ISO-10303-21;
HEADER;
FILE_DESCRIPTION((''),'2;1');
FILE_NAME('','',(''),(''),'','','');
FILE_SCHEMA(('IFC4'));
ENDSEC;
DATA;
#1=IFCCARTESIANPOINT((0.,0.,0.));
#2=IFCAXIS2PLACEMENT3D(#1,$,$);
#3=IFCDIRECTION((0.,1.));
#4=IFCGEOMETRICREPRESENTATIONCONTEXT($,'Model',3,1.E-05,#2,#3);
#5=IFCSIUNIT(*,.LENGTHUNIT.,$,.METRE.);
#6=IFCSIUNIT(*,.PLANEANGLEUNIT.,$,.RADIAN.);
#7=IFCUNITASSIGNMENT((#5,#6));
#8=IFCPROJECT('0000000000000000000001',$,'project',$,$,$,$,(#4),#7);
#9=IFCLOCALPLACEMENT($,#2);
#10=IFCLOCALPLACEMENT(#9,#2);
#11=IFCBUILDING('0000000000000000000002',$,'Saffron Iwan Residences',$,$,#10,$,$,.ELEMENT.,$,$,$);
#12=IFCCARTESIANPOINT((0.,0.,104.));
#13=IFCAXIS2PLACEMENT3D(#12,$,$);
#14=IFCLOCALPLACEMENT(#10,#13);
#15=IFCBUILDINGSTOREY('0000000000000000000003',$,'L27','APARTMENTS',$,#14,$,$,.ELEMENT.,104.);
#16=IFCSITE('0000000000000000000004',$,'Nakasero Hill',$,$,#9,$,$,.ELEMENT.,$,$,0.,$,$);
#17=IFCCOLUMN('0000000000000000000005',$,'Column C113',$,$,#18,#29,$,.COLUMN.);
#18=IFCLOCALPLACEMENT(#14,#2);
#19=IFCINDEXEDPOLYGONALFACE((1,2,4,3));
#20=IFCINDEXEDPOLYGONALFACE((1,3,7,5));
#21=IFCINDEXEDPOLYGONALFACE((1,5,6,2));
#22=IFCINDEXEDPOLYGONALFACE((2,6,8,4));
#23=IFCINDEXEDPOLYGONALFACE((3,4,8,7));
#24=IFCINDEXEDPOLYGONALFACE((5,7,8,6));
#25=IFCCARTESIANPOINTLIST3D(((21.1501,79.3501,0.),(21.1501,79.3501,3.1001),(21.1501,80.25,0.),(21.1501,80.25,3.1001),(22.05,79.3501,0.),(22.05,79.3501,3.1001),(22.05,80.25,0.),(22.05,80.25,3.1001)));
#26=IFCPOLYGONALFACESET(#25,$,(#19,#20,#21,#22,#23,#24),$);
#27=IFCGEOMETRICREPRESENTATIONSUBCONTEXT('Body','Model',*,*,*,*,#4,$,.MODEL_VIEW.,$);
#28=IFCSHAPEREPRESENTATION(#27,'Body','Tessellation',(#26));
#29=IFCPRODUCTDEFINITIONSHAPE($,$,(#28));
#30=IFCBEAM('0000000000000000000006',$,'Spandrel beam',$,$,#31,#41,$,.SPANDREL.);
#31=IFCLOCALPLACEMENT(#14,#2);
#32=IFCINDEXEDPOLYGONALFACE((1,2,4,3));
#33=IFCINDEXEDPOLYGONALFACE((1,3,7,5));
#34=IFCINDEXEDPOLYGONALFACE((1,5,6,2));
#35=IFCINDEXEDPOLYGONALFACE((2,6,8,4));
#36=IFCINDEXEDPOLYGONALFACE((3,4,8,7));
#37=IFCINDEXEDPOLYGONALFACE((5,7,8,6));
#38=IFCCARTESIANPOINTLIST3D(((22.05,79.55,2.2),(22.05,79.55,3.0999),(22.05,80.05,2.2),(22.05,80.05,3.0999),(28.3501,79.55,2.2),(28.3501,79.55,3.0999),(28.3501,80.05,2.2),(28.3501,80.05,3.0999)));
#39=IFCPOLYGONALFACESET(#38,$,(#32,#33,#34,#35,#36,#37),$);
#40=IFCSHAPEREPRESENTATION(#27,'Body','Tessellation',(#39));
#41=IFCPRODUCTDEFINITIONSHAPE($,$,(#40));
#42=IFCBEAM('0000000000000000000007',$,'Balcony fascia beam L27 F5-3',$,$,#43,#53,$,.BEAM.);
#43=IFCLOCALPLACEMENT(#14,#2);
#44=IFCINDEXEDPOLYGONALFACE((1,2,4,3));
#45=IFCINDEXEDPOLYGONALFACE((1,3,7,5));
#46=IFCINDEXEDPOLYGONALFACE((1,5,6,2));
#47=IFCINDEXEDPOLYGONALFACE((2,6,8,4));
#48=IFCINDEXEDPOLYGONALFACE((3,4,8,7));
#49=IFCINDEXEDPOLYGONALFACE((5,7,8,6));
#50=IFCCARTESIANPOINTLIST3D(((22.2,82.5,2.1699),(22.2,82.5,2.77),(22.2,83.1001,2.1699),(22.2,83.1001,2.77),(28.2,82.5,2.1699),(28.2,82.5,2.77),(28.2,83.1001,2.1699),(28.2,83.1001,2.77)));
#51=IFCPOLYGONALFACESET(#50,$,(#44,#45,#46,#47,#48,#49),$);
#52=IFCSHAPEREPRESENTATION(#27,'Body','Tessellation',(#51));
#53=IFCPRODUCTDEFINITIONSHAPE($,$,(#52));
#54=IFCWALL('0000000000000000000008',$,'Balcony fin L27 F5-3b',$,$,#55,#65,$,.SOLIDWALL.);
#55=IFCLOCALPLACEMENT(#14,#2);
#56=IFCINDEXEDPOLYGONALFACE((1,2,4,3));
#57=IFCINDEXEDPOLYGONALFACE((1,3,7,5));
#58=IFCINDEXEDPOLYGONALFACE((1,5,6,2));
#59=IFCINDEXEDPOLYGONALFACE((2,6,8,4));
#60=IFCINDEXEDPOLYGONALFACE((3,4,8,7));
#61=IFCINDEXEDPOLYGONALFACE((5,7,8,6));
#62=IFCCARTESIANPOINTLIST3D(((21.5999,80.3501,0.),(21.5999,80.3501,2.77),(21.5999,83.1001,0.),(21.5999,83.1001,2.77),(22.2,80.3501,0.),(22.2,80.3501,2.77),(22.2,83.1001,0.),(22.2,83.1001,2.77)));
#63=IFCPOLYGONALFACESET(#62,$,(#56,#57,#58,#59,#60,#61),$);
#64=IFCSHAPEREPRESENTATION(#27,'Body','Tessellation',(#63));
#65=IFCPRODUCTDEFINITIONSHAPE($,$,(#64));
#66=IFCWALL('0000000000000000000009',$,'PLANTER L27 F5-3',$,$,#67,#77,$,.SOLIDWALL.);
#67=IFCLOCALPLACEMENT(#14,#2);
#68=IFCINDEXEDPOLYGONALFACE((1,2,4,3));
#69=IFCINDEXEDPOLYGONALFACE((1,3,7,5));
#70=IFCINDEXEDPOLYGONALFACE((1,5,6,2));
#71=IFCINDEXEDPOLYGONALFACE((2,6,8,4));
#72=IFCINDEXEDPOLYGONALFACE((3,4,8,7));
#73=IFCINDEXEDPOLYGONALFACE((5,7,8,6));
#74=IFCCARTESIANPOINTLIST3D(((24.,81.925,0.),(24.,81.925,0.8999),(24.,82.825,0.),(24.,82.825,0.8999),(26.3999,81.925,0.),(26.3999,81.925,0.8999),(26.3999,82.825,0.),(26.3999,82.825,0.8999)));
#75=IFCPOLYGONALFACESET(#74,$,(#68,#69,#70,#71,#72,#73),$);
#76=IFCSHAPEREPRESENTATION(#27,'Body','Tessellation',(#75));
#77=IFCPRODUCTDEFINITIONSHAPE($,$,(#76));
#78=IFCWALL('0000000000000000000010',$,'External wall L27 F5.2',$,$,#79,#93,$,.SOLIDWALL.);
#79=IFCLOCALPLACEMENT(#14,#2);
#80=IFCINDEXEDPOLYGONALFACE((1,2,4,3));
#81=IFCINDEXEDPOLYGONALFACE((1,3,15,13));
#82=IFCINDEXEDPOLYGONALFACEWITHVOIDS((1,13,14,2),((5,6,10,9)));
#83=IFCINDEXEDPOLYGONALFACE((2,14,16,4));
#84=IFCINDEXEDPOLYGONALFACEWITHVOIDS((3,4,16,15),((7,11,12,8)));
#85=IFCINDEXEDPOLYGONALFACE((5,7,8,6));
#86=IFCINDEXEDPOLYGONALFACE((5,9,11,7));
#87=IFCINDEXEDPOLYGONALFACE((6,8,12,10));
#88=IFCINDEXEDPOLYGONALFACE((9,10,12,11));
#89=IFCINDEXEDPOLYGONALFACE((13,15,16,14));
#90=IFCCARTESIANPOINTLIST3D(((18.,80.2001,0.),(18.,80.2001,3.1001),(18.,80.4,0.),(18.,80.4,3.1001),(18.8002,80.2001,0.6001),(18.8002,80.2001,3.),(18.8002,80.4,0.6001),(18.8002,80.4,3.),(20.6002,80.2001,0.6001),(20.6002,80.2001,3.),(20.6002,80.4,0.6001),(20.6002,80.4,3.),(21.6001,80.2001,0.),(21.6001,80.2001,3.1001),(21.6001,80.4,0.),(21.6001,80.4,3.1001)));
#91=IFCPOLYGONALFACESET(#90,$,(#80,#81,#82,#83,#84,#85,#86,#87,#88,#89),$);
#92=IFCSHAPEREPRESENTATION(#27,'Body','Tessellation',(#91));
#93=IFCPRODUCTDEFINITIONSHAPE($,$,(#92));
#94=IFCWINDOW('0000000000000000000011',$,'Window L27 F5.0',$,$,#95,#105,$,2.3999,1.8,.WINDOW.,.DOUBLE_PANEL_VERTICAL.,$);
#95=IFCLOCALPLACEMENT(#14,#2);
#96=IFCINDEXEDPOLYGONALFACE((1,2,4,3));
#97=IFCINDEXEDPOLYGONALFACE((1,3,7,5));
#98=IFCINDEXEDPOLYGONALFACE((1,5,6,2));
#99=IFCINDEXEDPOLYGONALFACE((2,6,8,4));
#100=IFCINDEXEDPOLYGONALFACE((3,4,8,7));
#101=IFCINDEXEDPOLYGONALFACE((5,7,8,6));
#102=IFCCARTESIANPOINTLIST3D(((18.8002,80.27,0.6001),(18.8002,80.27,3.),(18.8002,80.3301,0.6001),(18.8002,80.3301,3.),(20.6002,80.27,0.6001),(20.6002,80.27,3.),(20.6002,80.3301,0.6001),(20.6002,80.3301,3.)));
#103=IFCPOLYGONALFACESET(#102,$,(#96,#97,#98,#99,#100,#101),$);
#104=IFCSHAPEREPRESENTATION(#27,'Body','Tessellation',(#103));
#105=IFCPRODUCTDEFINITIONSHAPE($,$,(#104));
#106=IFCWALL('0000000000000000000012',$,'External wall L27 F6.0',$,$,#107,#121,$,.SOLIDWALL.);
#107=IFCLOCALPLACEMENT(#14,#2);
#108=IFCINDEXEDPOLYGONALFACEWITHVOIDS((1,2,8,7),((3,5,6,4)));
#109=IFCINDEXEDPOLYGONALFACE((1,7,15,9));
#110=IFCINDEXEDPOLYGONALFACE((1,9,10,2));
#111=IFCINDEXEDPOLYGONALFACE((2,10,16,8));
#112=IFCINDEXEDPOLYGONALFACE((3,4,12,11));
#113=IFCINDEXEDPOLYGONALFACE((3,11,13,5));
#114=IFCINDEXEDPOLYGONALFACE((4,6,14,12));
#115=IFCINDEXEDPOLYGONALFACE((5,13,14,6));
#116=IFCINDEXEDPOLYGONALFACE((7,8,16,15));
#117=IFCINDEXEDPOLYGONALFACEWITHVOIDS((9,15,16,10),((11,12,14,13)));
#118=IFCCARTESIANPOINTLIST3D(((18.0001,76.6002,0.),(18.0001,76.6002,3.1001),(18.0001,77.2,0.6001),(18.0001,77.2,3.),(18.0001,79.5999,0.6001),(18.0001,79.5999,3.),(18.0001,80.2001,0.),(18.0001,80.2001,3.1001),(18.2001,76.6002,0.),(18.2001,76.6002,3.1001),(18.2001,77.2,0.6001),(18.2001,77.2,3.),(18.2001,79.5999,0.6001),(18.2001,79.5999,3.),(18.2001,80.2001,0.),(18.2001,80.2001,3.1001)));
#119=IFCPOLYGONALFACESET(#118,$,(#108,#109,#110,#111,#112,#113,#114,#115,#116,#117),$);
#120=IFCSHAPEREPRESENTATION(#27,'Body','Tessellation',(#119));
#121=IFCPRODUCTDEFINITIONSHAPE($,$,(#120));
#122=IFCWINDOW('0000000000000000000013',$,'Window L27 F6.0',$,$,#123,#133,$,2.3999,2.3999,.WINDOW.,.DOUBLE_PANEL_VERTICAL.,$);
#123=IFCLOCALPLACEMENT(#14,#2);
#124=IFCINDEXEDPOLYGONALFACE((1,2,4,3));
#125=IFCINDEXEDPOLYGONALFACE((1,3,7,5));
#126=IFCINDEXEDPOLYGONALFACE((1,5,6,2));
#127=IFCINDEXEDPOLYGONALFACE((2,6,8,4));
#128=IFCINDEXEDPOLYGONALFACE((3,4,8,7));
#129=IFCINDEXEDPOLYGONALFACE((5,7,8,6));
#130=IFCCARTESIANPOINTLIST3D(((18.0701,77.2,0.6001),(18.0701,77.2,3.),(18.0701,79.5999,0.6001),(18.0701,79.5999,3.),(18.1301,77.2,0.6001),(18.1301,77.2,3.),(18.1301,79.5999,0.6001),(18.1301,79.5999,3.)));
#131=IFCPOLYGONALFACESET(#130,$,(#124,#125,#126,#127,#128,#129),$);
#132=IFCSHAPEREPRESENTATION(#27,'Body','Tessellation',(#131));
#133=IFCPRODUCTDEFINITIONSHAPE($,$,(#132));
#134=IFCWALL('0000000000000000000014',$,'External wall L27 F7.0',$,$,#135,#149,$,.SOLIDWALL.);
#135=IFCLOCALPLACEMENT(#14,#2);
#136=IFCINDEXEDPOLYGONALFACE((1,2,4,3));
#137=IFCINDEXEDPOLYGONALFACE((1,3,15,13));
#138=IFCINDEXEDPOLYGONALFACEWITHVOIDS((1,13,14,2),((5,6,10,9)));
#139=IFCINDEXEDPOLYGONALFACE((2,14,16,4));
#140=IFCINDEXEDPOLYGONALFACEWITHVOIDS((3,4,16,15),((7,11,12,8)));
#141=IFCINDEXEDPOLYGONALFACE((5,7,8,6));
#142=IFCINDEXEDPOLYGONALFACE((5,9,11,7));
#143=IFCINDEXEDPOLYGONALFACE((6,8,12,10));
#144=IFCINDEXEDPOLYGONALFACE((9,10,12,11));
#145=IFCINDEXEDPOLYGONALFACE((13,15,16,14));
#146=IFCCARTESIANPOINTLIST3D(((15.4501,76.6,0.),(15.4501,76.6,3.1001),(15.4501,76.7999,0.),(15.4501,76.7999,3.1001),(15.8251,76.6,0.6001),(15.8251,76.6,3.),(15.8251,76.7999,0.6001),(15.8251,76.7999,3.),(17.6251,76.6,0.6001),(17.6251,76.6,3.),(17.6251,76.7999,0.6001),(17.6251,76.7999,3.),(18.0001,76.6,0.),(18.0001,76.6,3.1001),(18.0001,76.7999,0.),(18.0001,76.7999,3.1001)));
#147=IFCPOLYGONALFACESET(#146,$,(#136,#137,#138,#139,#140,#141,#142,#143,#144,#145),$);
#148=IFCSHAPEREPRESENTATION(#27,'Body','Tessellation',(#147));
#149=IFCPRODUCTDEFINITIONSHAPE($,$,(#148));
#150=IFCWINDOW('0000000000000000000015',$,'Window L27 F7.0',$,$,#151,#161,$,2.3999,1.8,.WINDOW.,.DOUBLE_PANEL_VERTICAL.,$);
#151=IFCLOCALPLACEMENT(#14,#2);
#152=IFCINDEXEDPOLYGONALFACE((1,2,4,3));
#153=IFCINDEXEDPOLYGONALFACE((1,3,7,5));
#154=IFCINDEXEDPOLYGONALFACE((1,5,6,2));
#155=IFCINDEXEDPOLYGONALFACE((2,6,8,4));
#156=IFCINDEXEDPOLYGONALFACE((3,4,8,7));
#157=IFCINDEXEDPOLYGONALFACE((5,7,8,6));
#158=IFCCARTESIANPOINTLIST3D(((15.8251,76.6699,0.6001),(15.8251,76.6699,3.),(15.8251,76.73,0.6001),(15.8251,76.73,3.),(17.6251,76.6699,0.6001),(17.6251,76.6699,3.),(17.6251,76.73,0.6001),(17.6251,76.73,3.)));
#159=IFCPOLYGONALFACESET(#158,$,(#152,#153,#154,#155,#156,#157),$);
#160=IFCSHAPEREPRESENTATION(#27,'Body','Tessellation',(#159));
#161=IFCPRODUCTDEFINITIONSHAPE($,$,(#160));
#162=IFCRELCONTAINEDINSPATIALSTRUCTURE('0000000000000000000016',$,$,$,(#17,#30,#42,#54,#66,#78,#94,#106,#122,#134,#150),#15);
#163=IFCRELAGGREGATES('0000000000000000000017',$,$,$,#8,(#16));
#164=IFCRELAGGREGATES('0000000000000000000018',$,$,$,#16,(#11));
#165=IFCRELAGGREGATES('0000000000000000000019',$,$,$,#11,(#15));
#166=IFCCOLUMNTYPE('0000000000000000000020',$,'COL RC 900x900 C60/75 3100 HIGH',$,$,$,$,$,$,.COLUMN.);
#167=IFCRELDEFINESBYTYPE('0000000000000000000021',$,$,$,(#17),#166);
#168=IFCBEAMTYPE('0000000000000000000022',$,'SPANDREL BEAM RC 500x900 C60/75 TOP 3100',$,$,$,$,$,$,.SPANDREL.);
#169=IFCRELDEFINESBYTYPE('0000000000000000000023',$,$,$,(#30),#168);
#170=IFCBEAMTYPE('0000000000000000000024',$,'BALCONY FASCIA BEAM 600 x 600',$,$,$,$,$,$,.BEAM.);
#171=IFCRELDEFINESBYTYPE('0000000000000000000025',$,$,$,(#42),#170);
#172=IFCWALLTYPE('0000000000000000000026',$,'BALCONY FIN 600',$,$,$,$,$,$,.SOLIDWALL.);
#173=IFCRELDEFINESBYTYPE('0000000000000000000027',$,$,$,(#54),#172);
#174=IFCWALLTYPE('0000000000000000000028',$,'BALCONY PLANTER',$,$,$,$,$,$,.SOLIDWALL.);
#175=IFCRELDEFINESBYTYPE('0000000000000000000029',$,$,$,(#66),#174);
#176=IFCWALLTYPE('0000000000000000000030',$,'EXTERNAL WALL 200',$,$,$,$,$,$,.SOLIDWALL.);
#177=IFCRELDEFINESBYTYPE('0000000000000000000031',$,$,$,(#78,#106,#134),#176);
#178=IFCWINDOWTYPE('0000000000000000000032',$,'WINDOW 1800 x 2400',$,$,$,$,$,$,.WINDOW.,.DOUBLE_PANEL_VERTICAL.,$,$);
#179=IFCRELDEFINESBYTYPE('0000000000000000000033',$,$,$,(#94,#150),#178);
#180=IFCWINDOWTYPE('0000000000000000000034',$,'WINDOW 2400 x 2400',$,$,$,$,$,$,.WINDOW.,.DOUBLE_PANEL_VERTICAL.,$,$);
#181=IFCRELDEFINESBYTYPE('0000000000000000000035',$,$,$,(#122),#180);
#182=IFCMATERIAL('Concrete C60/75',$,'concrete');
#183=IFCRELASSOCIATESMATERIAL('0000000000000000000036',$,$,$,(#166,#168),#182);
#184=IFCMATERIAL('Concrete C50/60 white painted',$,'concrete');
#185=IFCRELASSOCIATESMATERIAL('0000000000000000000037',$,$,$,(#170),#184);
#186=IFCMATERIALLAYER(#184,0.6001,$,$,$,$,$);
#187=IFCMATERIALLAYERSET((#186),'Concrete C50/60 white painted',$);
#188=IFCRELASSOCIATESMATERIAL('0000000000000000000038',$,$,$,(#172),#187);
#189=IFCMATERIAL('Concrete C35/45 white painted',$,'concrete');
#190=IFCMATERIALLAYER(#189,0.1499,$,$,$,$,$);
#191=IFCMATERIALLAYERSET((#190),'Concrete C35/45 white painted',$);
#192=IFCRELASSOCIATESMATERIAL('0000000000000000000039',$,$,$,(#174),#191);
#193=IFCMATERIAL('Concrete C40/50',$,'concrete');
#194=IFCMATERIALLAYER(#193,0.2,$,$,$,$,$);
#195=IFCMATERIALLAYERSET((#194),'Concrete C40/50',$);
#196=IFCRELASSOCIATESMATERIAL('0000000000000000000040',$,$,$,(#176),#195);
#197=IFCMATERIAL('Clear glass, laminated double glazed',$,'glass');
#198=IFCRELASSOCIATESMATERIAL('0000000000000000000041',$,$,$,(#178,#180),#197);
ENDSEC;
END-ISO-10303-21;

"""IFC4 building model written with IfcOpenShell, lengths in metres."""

from ifc_helpers import new_model, si_unit, direction, frame, frame_2d, origin, origin_2d, place, context, subcontext, project, spatial, rectangle, extrude, source, transform, mapped, material, layer, layer_set, material_profile, profile_set, type_object, element, fill, save


model = new_model("IFC4")

# Units and contexts
model_context = context("Model", 3, precision=1e-05, world=origin(), true_north=direction((0.0, 1.0)))
body_context = subcontext(model_context, "Body", "Model", "MODEL_VIEW")
ifc_project = project(units=[si_unit("LENGTHUNIT", "METRE"), si_unit("PLANEANGLEUNIT", "RADIAN")], contexts=[model_context])

# Site, building, storey
site_placement = place(None, origin())
site = spatial("IfcSite", under=ifc_project, at=site_placement, Name="Nakasero Hill", CompositionType="ELEMENT", RefElevation=0.0)
building_placement = place(site_placement, origin())
building = spatial("IfcBuilding", under=site, at=building_placement, Name="Saffron Iwan Residences", CompositionType="ELEMENT")
storey_placement = place(building_placement, frame((0.0, 0.0, 104.0)))
storey = spatial("IfcBuildingStorey", under=building, at=storey_placement, Name="L27", Description="APARTMENTS", CompositionType="ELEMENT", Elevation=104.0)

# Column
ifc_material_1 = material(Name="Concrete C60/75", Category="concrete")
ifc_material_profile_1 = material_profile(ifc_material_1, rectangle(XDim=0.8999, YDim=0.8999, at=origin_2d()), Name="RC 900x900")
ifc_profile_set_1 = profile_set([ifc_material_profile_1], Name="Concrete C60/75")
column_type = type_object("IfcColumnType", Name="COL RC 900x900 C60/75 3100 HIGH", PredefinedType="COLUMN", material=ifc_profile_set_1)
shared_shape_1 = source(origin(), body_context, "Body", "SweptSolid", [
    extrude(rectangle(XDim=0.8999, YDim=0.8999, at=origin_2d()), origin(), (0.0, 0.0, 1.0), 3.1001),
])
column_placement = place(storey_placement, frame((21.6001, 79.8, 0.0), z_axis=(0.0, 0.0, 1.0), x_axis=(1.0, 0.0, 0.0)))
element("IfcColumn", 1, at=column_placement, inside=storey, type_object=column_type, Name="Column C113", PredefinedType="COLUMN", context=body_context, shape_type="MappedRepresentation", body=[
    mapped(shared_shape_1, transform((0.0, 0.0, 0.0))),
])

# Beams
ifc_material_profile_2 = material_profile(ifc_material_1, rectangle(XDim=0.5, YDim=0.8999, at=origin_2d()), Name="RC 500x900")
ifc_profile_set_2 = profile_set([ifc_material_profile_2], Name="Concrete C60/75")
beam_type_1 = type_object("IfcBeamType", Name="SPANDREL BEAM RC 500x900 C60/75 TOP 3100", PredefinedType="SPANDREL", material=ifc_profile_set_2)
shared_shape_2 = source(origin(), body_context, "Body", "SweptSolid", [
    extrude(rectangle(XDim=0.5, YDim=0.8999, at=origin_2d()), origin(), (0.0, 0.0, 1.0), 6.3),
])
beam_1_placement = place(storey_placement, frame((22.05, 79.8, 2.6499), z_axis=(1.0, 0.0, 0.0), x_axis=(0.0, 1.0, 0.0)))
element("IfcBeam", 2, at=beam_1_placement, inside=storey, type_object=beam_type_1, Name="Spandrel beam", PredefinedType="SPANDREL", context=body_context, shape_type="MappedRepresentation", body=[
    mapped(shared_shape_2, transform((0.0, 0.0, 0.0))),
])
ifc_material_2 = material(Name="Concrete C50/60 white painted", Category="concrete")
ifc_material_profile_3 = material_profile(ifc_material_2, rectangle(XDim=0.6001, YDim=0.6001, at=origin_2d()), Name="BALCONY FASCIA BEAM 600 x 600")
ifc_profile_set_3 = profile_set([ifc_material_profile_3], Name="Concrete C50/60 white painted")
beam_type_2 = type_object("IfcBeamType", Name="BALCONY FASCIA BEAM 600 x 600", PredefinedType="BEAM", material=ifc_profile_set_3)
shared_shape_3 = source(origin(), body_context, "Body", "SweptSolid", [
    extrude(rectangle(XDim=0.6001, YDim=0.6001, at=origin_2d()), origin(), (0.0, 0.0, 1.0), 6.0),
])
beam_2_placement = place(storey_placement, frame((28.2, 82.8, 2.47), z_axis=(-1.0, 0.0, 0.0), x_axis=(0.0, -1.0, 0.0)))
element("IfcBeam", 3, at=beam_2_placement, inside=storey, type_object=beam_type_2, Name="Balcony fascia beam L27 F5-3", PredefinedType="BEAM", context=body_context, shape_type="MappedRepresentation", body=[
    mapped(shared_shape_3, transform((0.0, 0.0, 0.0))),
])

# Walls
ifc_layer_1 = layer(ifc_material_2, 0.6001)
ifc_layer_set_1 = layer_set([ifc_layer_1], Name="Concrete C50/60 white painted")
wall_type_1 = type_object("IfcWallType", Name="BALCONY FIN 600", PredefinedType="SOLIDWALL", material=ifc_layer_set_1)
wall_1_placement = place(storey_placement, frame((21.8999, 80.3501, 0.0), z_axis=(0.0, 0.0, 1.0), x_axis=(0.0, 1.0, 0.0)))
element("IfcWall", 4, at=wall_1_placement, inside=storey, type_object=wall_type_1, Name="Balcony fin L27 F5-3b", PredefinedType="SOLIDWALL", context=body_context, shape_type="SweptSolid", body=[
    extrude(rectangle(XDim=2.75, YDim=0.6001, at=frame_2d((1.375, 0.0))), origin(), (0.0, 0.0, 1.0), 2.77),
])
ifc_material_3 = material(Name="Concrete C35/45 white painted", Category="concrete")
ifc_layer_2 = layer(ifc_material_3, 0.1499)
ifc_layer_set_2 = layer_set([ifc_layer_2], Name="Concrete C35/45 white painted")
wall_type_2 = type_object("IfcWallType", Name="BALCONY PLANTER", PredefinedType="SOLIDWALL", material=ifc_layer_set_2)
wall_2_placement = place(storey_placement, frame((26.3999, 82.375, 0.0), z_axis=(0.0, 0.0, 1.0), x_axis=(-1.0, 0.0, 0.0)))
element("IfcWall", 5, at=wall_2_placement, inside=storey, type_object=wall_type_2, Name="PLANTER L27 F5-3", PredefinedType="SOLIDWALL", context=body_context, shape_type="SweptSolid", body=[
    extrude(rectangle(XDim=2.3999, YDim=0.8999, at=frame_2d((1.2, 0.0))), origin(), (0.0, 0.0, 1.0), 0.8999),
])

# Shared definitions
ifc_material_4 = material(Name="Concrete C40/50", Category="concrete")
ifc_layer_3 = layer(ifc_material_4, 0.2)
ifc_layer_set_3 = layer_set([ifc_layer_3], Name="Concrete C40/50")
wall_type_3 = type_object("IfcWallType", Name="EXTERNAL WALL 200", PredefinedType="SOLIDWALL", material=ifc_layer_set_3)
ifc_material_5 = material(Name="Clear glass, laminated double glazed", Category="glass")

# Walls, openings, windows
wall_3_placement = place(storey_placement, frame((21.6001, 80.3, 0.0), z_axis=(0.0, 0.0, 1.0), x_axis=(-1.0, 0.0, 0.0)))
wall_3 = element("IfcWall", 6, at=wall_3_placement, inside=storey, type_object=wall_type_3, Name="External wall L27 F5.2", PredefinedType="SOLIDWALL", context=body_context, shape_type="SweptSolid", body=[
    extrude(rectangle(XDim=3.6001, YDim=0.2, at=frame_2d((1.8, 0.0))), origin(), (0.0, 0.0, 1.0), 3.1001),
])
opening_1_placement = place(wall_3_placement, frame((1.0, 0.0, 0.6001)))
opening_1 = element("IfcOpeningElement", 7, at=opening_1_placement, cuts=wall_3, PredefinedType="OPENING", context=body_context, shape_type="SweptSolid", body=[
    extrude(rectangle(XDim=1.8, YDim=2.3999, at=frame_2d((0.8999, 1.2))), frame((0.0, 0.1099, 0.0), z_axis=(0.0, -1.0, 0.0), x_axis=(1.0, 0.0, 0.0)), (0.0, 0.0, 1.0), 0.22),
])
window_type_1 = type_object("IfcWindowType", Name="WINDOW 1800 x 2400", PartitioningType="DOUBLE_PANEL_VERTICAL", PredefinedType="WINDOW", material=ifc_material_5)
window_1_placement = place(opening_1_placement, origin())
window_1 = element("IfcWindow", 8, at=window_1_placement, inside=storey, type_object=window_type_1, Name="Window L27 F5.0", OverallHeight=2.3999, OverallWidth=1.8, PartitioningType="DOUBLE_PANEL_VERTICAL", PredefinedType="WINDOW", context=body_context, shape_type="SweptSolid", body=[
    extrude(rectangle(XDim=1.8, YDim=2.3999, at=frame_2d((0.8999, 1.2))), frame((0.0, 0.03, 0.0), z_axis=(0.0, -1.0, 0.0), x_axis=(1.0, 0.0, 0.0)), (0.0, 0.0, 1.0), 0.0601),
])
fill(opening_1, window_1)
wall_4_placement = place(storey_placement, frame((18.1001, 80.2, 0.0), z_axis=(0.0, 0.0, 1.0), x_axis=(0.0, -1.0, 0.0)))
wall_4 = element("IfcWall", 9, at=wall_4_placement, inside=storey, type_object=wall_type_3, Name="External wall L27 F6.0", PredefinedType="SOLIDWALL", context=body_context, shape_type="SweptSolid", body=[
    extrude(rectangle(XDim=3.5999, YDim=0.2, at=frame_2d((1.7998, 0.0))), origin(), (0.0, 0.0, 1.0), 3.1001),
])
opening_2_placement = place(wall_4_placement, frame((0.6001, 0.0, 0.6001)))
opening_2 = element("IfcOpeningElement", 10, at=opening_2_placement, cuts=wall_4, PredefinedType="OPENING", context=body_context, shape_type="SweptSolid", body=[
    extrude(rectangle(XDim=2.3999, YDim=2.3999, at=frame_2d((1.2, 1.2))), frame((0.0, 0.1099, 0.0), z_axis=(0.0, -1.0, 0.0), x_axis=(1.0, 0.0, 0.0)), (0.0, 0.0, 1.0), 0.22),
])
window_type_2 = type_object("IfcWindowType", Name="WINDOW 2400 x 2400", PartitioningType="DOUBLE_PANEL_VERTICAL", PredefinedType="WINDOW", material=ifc_material_5)
window_2_placement = place(opening_2_placement, origin())
window_2 = element("IfcWindow", 11, at=window_2_placement, inside=storey, type_object=window_type_2, Name="Window L27 F6.0", OverallHeight=2.3999, OverallWidth=2.3999, PartitioningType="DOUBLE_PANEL_VERTICAL", PredefinedType="WINDOW", context=body_context, shape_type="SweptSolid", body=[
    extrude(rectangle(XDim=2.3999, YDim=2.3999, at=frame_2d((1.2, 1.2))), frame((0.0, 0.03, 0.0), z_axis=(0.0, -1.0, 0.0), x_axis=(1.0, 0.0, 0.0)), (0.0, 0.0, 1.0), 0.0601),
])
fill(opening_2, window_2)
wall_5_placement = place(storey_placement, frame((18.0, 76.7, 0.0), z_axis=(0.0, 0.0, 1.0), x_axis=(-1.0, 0.0, 0.0)))
wall_5 = element("IfcWall", 12, at=wall_5_placement, inside=storey, type_object=wall_type_3, Name="External wall L27 F7.0", PredefinedType="SOLIDWALL", context=body_context, shape_type="SweptSolid", body=[
    extrude(rectangle(XDim=2.55, YDim=0.2, at=frame_2d((1.2749, 0.0))), origin(), (0.0, 0.0, 1.0), 3.1001),
])
opening_3_placement = place(wall_5_placement, frame((0.375, 0.0, 0.6001)))
opening_3 = element("IfcOpeningElement", 13, at=opening_3_placement, cuts=wall_5, PredefinedType="OPENING", context=body_context, shape_type="SweptSolid", body=[
    extrude(rectangle(XDim=1.8, YDim=2.3999, at=frame_2d((0.8999, 1.2))), frame((0.0, 0.1099, 0.0), z_axis=(0.0, -1.0, 0.0), x_axis=(1.0, 0.0, 0.0)), (0.0, 0.0, 1.0), 0.22),
])
window_3_placement = place(opening_3_placement, origin())
window_3 = element("IfcWindow", 14, at=window_3_placement, inside=storey, type_object=window_type_1, Name="Window L27 F7.0", OverallHeight=2.3999, OverallWidth=1.8, PartitioningType="DOUBLE_PANEL_VERTICAL", PredefinedType="WINDOW", context=body_context, shape_type="SweptSolid", body=[
    extrude(rectangle(XDim=1.8, YDim=2.3999, at=frame_2d((0.8999, 1.2))), frame((0.0, 0.03, 0.0), z_axis=(0.0, -1.0, 0.0), x_axis=(1.0, 0.0, 0.0)), (0.0, 0.0, 1.0), 0.0601),
])
fill(opening_3, window_3)

save(model, "model.ifc")
